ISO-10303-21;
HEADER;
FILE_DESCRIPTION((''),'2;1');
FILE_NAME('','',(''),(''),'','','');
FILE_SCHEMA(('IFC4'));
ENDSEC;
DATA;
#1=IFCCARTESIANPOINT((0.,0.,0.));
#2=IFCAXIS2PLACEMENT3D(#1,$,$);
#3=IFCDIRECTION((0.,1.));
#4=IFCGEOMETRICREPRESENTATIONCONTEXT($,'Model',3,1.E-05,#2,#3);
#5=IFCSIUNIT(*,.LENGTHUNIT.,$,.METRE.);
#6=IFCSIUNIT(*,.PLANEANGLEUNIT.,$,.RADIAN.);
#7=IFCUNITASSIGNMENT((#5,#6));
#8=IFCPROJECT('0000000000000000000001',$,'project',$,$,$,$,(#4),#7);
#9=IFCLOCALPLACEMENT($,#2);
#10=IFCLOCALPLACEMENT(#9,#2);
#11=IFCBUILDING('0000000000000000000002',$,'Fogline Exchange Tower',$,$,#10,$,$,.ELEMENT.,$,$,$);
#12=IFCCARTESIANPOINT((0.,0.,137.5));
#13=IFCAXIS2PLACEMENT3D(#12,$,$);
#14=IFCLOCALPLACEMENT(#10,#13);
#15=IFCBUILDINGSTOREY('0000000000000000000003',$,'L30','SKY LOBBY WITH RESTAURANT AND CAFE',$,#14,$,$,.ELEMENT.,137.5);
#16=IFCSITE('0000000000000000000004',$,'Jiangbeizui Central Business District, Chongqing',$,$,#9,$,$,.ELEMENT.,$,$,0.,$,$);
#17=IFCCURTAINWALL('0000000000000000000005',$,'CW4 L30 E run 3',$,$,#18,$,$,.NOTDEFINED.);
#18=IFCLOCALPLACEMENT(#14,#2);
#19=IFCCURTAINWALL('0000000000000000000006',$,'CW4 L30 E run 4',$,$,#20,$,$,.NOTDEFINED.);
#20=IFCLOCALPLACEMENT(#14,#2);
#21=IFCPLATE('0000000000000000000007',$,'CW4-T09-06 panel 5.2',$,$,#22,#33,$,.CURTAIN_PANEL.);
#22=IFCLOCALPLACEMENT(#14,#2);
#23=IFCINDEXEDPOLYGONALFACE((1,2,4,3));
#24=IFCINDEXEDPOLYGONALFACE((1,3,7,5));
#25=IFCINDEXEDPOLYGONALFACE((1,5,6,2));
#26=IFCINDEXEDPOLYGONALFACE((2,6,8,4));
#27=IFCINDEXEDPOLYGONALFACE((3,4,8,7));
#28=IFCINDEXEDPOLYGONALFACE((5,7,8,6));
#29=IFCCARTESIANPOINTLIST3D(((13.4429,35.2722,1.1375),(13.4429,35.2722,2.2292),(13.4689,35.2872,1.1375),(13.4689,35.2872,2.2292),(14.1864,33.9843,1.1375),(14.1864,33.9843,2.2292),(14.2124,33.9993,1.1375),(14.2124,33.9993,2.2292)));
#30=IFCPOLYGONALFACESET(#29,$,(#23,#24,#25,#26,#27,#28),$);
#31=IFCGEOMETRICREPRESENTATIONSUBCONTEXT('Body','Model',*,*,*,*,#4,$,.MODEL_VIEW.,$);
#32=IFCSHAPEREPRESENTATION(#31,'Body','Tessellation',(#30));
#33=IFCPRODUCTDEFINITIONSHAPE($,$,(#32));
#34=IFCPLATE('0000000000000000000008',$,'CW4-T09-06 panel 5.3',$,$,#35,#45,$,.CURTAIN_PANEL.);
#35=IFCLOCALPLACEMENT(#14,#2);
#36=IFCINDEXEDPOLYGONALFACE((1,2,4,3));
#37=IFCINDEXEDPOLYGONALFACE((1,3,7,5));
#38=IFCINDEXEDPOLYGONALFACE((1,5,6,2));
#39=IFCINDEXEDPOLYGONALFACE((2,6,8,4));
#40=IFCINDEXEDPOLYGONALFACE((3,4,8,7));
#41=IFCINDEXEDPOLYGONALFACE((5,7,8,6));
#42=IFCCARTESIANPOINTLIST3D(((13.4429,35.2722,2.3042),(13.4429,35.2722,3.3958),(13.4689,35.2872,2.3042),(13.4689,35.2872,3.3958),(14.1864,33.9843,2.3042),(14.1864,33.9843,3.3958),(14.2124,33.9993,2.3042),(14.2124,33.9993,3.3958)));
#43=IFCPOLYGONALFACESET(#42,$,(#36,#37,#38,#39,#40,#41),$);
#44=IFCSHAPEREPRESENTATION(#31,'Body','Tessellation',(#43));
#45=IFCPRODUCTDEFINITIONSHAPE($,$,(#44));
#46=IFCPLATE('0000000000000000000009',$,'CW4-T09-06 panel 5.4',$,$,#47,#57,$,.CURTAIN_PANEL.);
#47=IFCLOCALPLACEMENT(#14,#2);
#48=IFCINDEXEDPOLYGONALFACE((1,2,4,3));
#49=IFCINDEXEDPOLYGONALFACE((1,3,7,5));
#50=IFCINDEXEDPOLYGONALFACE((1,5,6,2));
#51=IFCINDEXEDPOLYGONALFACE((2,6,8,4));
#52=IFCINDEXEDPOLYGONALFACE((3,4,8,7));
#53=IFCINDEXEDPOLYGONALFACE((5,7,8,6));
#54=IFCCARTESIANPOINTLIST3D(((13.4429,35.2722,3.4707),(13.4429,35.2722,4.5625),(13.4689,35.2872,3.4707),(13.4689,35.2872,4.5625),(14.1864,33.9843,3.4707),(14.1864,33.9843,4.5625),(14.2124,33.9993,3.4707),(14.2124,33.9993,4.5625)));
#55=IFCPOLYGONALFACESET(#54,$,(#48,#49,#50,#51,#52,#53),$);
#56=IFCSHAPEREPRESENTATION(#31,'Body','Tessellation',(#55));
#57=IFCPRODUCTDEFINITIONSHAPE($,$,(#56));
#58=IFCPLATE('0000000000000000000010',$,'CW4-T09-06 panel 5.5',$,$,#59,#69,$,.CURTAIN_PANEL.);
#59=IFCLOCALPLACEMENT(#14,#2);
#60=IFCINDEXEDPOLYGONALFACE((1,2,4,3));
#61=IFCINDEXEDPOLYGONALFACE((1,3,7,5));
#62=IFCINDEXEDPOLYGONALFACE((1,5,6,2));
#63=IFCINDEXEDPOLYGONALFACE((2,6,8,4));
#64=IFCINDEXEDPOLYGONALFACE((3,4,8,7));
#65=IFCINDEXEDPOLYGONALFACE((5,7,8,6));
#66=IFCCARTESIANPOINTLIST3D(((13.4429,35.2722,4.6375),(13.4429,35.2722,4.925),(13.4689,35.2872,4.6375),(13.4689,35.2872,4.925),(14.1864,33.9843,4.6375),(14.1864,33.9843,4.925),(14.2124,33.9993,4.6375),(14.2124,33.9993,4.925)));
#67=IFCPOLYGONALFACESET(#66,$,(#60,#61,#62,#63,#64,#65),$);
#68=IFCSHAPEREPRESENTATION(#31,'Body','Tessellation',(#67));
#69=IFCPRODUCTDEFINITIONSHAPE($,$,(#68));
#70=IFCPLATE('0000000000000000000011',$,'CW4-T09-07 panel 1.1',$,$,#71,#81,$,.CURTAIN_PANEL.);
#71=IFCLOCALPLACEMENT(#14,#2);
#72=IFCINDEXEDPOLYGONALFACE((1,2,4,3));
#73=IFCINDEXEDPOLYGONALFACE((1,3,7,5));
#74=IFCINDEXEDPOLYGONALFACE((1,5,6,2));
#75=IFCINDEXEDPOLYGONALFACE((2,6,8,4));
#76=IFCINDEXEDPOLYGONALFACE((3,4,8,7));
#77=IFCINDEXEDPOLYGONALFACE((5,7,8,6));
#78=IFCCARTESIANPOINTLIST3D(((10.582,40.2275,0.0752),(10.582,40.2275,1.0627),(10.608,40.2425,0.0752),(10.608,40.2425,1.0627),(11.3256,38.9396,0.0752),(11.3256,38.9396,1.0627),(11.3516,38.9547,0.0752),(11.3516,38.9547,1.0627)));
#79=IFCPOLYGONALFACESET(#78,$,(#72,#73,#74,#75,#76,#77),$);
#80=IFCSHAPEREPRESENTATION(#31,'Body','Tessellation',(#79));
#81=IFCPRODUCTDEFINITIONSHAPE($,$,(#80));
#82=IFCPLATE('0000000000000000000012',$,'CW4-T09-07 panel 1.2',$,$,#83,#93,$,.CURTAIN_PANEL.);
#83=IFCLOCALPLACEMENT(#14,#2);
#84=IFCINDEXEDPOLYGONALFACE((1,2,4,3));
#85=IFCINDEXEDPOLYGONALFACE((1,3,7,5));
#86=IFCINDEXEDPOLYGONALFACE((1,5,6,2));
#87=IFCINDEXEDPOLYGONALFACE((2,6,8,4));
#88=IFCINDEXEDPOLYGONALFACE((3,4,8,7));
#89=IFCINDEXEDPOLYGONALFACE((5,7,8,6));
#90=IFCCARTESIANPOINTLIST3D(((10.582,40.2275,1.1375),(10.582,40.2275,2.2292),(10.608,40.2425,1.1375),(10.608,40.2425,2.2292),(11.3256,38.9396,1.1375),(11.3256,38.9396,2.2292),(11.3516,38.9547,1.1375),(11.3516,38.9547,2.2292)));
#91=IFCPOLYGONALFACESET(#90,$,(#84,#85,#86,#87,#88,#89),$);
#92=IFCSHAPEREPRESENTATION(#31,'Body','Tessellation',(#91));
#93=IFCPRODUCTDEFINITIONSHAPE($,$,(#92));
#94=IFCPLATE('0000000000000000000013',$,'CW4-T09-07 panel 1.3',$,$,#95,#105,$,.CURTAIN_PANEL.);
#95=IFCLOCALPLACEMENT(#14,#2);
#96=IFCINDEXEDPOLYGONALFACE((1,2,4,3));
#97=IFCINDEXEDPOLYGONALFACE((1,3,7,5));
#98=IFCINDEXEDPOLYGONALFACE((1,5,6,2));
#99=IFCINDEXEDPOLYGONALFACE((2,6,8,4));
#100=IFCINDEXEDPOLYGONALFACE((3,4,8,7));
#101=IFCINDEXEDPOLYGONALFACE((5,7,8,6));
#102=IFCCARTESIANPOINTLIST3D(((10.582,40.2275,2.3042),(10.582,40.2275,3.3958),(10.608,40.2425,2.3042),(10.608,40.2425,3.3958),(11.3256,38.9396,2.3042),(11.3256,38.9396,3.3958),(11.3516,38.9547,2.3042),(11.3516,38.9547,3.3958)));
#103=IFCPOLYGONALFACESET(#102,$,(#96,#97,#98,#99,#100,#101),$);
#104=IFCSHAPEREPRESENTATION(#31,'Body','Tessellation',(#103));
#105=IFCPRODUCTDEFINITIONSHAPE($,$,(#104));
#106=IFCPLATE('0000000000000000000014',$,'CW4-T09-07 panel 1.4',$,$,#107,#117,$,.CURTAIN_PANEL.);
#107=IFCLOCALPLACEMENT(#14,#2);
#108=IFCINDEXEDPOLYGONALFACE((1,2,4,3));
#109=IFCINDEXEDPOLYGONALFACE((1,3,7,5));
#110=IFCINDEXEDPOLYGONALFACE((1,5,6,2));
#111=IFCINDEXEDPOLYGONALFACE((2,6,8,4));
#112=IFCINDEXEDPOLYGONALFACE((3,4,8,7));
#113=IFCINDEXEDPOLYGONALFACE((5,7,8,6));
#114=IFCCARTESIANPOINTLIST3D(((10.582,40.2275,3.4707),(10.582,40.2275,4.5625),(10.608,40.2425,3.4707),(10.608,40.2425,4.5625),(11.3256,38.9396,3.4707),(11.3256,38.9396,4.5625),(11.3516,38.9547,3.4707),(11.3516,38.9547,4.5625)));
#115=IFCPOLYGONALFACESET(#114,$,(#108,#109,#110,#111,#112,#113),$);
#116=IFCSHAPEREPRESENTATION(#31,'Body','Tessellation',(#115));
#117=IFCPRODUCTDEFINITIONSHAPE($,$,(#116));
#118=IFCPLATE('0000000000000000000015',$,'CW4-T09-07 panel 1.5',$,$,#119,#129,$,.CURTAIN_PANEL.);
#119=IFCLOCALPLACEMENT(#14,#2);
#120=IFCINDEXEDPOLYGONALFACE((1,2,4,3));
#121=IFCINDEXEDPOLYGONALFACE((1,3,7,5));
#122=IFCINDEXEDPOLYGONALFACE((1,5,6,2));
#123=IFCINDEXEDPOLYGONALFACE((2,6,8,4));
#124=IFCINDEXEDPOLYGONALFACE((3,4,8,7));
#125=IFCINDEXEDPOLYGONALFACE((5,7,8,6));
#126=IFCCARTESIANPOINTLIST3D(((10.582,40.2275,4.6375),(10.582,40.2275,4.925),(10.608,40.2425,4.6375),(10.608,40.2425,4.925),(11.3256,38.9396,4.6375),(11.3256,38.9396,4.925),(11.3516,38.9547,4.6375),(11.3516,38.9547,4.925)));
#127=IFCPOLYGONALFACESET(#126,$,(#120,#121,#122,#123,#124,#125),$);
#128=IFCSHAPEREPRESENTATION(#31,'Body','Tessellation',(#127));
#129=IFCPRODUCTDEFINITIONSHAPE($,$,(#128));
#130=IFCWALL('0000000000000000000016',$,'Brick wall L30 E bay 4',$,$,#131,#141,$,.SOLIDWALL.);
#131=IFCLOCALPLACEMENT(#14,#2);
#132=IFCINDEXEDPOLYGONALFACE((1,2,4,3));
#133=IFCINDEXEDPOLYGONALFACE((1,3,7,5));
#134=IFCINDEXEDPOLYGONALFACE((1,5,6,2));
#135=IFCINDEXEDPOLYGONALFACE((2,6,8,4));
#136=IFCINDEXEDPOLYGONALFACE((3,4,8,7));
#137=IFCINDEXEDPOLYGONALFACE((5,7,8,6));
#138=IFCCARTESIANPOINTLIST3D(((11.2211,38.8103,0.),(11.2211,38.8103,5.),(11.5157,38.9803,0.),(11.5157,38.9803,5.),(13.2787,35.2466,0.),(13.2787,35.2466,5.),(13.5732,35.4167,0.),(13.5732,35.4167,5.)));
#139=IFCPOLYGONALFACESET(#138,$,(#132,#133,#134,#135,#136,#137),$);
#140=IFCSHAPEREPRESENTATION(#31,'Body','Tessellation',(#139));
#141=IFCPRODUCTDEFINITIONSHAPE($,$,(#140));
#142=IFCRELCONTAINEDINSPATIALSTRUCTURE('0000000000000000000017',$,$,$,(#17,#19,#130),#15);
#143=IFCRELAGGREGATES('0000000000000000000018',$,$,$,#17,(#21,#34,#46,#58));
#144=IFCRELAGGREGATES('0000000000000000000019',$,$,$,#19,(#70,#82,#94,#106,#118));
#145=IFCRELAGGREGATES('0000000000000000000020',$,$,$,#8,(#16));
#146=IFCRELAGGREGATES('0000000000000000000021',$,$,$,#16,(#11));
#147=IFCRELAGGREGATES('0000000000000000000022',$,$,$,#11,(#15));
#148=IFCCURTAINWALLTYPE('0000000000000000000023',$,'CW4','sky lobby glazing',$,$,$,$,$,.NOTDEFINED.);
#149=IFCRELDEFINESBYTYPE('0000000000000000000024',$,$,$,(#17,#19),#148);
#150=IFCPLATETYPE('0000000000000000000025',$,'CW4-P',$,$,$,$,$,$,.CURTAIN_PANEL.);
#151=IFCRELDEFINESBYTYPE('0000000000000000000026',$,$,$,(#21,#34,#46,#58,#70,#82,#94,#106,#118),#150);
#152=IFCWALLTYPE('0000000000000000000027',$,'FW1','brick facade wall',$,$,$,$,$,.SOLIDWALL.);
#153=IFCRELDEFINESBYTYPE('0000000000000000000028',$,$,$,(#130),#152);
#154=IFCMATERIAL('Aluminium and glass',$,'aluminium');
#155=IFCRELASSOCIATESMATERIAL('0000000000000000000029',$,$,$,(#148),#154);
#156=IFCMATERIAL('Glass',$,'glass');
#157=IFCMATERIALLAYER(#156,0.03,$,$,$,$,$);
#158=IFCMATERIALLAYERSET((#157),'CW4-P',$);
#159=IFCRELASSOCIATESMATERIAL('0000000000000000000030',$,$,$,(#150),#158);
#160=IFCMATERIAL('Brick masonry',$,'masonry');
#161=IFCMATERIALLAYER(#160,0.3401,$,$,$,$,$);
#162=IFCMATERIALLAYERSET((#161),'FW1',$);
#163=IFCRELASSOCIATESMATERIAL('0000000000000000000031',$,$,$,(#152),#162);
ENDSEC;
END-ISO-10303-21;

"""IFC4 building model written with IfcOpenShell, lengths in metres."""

from ifc_helpers import new_model, si_unit, direction, frame, frame_2d, origin, origin_2d, place, context, subcontext, project, spatial, rectangle, extrude, material, layer, layer_set, type_object, element, aggregate, save


model = new_model("IFC4")

# Units and contexts
model_context = context("Model", 3, precision=1e-05, world=origin(), true_north=direction((0.0, 1.0)))
body_context = subcontext(model_context, "Body", "Model", "MODEL_VIEW")
ifc_project = project(units=[si_unit("LENGTHUNIT", "METRE"), si_unit("PLANEANGLEUNIT", "RADIAN")], contexts=[model_context])

# Site, building, storey
site_placement = place(None, origin())
site = spatial("IfcSite", under=ifc_project, at=site_placement, Name="Jiangbeizui Central Business District, Chongqing", CompositionType="ELEMENT", RefElevation=0.0)
building_placement = place(site_placement, origin())
building = spatial("IfcBuilding", under=site, at=building_placement, Name="Fogline Exchange Tower", CompositionType="ELEMENT")
storey_placement = place(building_placement, frame((0.0, 0.0, 137.5)))
storey = spatial("IfcBuildingStorey", under=building, at=storey_placement, Name="L30", Description="SKY LOBBY WITH RESTAURANT AND CAFE", CompositionType="ELEMENT", Elevation=137.5)

# Curtain wall
ifc_material_1 = material(Name="Aluminium and glass", Category="aluminium")
curtain_wall_type = type_object("IfcCurtainWallType", Name="CW4", Description="sky lobby glazing", PredefinedType="NOTDEFINED", material=ifc_material_1)
curtain_wall_1_placement = place(storey_placement, origin())
curtain_wall_1 = element("IfcCurtainWall", 1, at=curtain_wall_1_placement, inside=storey, type_object=curtain_wall_type, Name="CW4 L30 E run 3", PredefinedType="NOTDEFINED")

# Curtain wall
curtain_wall_2_placement = place(storey_placement, origin())
curtain_wall_2 = element("IfcCurtainWall", 2, at=curtain_wall_2_placement, inside=storey, type_object=curtain_wall_type, Name="CW4 L30 E run 4", PredefinedType="NOTDEFINED")

# Plates
ifc_material_2 = material(Name="Glass", Category="glass")
ifc_layer_1 = layer(ifc_material_2, 0.03)
ifc_layer_set_1 = layer_set([ifc_layer_1], Name="CW4-P")
plate_type = type_object("IfcPlateType", Name="CW4-P", PredefinedType="CURTAIN_PANEL", material=ifc_layer_set_1)
plate_1_placement = place(storey_placement, frame((13.8276, 34.6357, 1.1375), z_axis=(0.0, 0.0, 1.0), x_axis=(-0.5, 0.866025, 0.0)))
plate_1 = element("IfcPlate", 3, at=plate_1_placement, type_object=plate_type, Name="CW4-T09-06 panel 5.2", PredefinedType="CURTAIN_PANEL", context=body_context, shape_type="SweptSolid", body=[
    extrude(rectangle(XDim=1.4871, YDim=0.03, at=origin_2d()), origin(), (0.0, 0.0, 1.0), 1.0918),
])
plate_2_placement = place(storey_placement, frame((13.8276, 34.6357, 2.3042), z_axis=(0.0, 0.0, 1.0), x_axis=(-0.5, 0.866025, 0.0)))
plate_2 = element("IfcPlate", 4, at=plate_2_placement, type_object=plate_type, Name="CW4-T09-06 panel 5.3", PredefinedType="CURTAIN_PANEL", context=body_context, shape_type="SweptSolid", body=[
    extrude(rectangle(XDim=1.4871, YDim=0.03, at=origin_2d()), origin(), (0.0, 0.0, 1.0), 1.0916),
])
plate_3_placement = place(storey_placement, frame((13.8276, 34.6357, 3.4707), z_axis=(0.0, 0.0, 1.0), x_axis=(-0.5, 0.866025, 0.0)))
plate_3 = element("IfcPlate", 5, at=plate_3_placement, type_object=plate_type, Name="CW4-T09-06 panel 5.4", PredefinedType="CURTAIN_PANEL", context=body_context, shape_type="SweptSolid", body=[
    extrude(rectangle(XDim=1.4871, YDim=0.03, at=origin_2d()), origin(), (0.0, 0.0, 1.0), 1.0918),
])
plate_4_placement = place(storey_placement, frame((13.8276, 34.6357, 4.6375), z_axis=(0.0, 0.0, 1.0), x_axis=(-0.5, 0.866025, 0.0)))
plate_4 = element("IfcPlate", 6, at=plate_4_placement, type_object=plate_type, Name="CW4-T09-06 panel 5.5", PredefinedType="CURTAIN_PANEL", context=body_context, shape_type="SweptSolid", body=[
    extrude(rectangle(XDim=1.4871, YDim=0.03, at=origin_2d()), origin(), (0.0, 0.0, 1.0), 0.2876),
])
aggregate(curtain_wall_1, [plate_1, plate_2, plate_3, plate_4])
plate_5_placement = place(storey_placement, frame((10.9668, 39.5911, 0.0752), z_axis=(0.0, 0.0, 1.0), x_axis=(-0.5, 0.866025, 0.0)))
plate_5 = element("IfcPlate", 7, at=plate_5_placement, type_object=plate_type, Name="CW4-T09-07 panel 1.1", PredefinedType="CURTAIN_PANEL", context=body_context, shape_type="SweptSolid", body=[
    extrude(rectangle(XDim=1.4871, YDim=0.03, at=origin_2d()), origin(), (0.0, 0.0, 1.0), 0.9875),
])
plate_6_placement = place(storey_placement, frame((10.9668, 39.5911, 1.1375), z_axis=(0.0, 0.0, 1.0), x_axis=(-0.5, 0.866025, 0.0)))
plate_6 = element("IfcPlate", 8, at=plate_6_placement, type_object=plate_type, Name="CW4-T09-07 panel 1.2", PredefinedType="CURTAIN_PANEL", context=body_context, shape_type="SweptSolid", body=[
    extrude(rectangle(XDim=1.4871, YDim=0.03, at=origin_2d()), origin(), (0.0, 0.0, 1.0), 1.0918),
])
plate_7_placement = place(storey_placement, frame((10.9668, 39.5911, 2.3042), z_axis=(0.0, 0.0, 1.0), x_axis=(-0.5, 0.866025, 0.0)))
plate_7 = element("IfcPlate", 9, at=plate_7_placement, type_object=plate_type, Name="CW4-T09-07 panel 1.3", PredefinedType="CURTAIN_PANEL", context=body_context, shape_type="SweptSolid", body=[
    extrude(rectangle(XDim=1.4871, YDim=0.03, at=origin_2d()), origin(), (0.0, 0.0, 1.0), 1.0916),
])
plate_8_placement = place(storey_placement, frame((10.9668, 39.5911, 3.4707), z_axis=(0.0, 0.0, 1.0), x_axis=(-0.5, 0.866025, 0.0)))
plate_8 = element("IfcPlate", 10, at=plate_8_placement, type_object=plate_type, Name="CW4-T09-07 panel 1.4", PredefinedType="CURTAIN_PANEL", context=body_context, shape_type="SweptSolid", body=[
    extrude(rectangle(XDim=1.4871, YDim=0.03, at=origin_2d()), origin(), (0.0, 0.0, 1.0), 1.0918),
])
plate_9_placement = place(storey_placement, frame((10.9668, 39.5911, 4.6375), z_axis=(0.0, 0.0, 1.0), x_axis=(-0.5, 0.866025, 0.0)))
plate_9 = element("IfcPlate", 11, at=plate_9_placement, type_object=plate_type, Name="CW4-T09-07 panel 1.5", PredefinedType="CURTAIN_PANEL", context=body_context, shape_type="SweptSolid", body=[
    extrude(rectangle(XDim=1.4871, YDim=0.03, at=origin_2d()), origin(), (0.0, 0.0, 1.0), 0.2876),
])
aggregate(curtain_wall_2, [plate_5, plate_6, plate_7, plate_8, plate_9])

# Wall
ifc_material_3 = material(Name="Brick masonry", Category="masonry")
ifc_layer_2 = layer(ifc_material_3, 0.3401)
ifc_layer_set_2 = layer_set([ifc_layer_2], Name="FW1")
wall_type = type_object("IfcWallType", Name="FW1", Description="brick facade wall", PredefinedType="SOLIDWALL", material=ifc_layer_set_2)
wall_placement = place(storey_placement, frame((13.426, 35.3315, 0.0), z_axis=(0.0, 0.0, 1.0), x_axis=(-0.500019, 0.866015, 0.0)))
element("IfcWall", 12, at=wall_placement, inside=storey, type_object=wall_type, Name="Brick wall L30 E bay 4", PredefinedType="SOLIDWALL", context=body_context, shape_type="SweptSolid", body=[
    extrude(rectangle(XDim=4.115, YDim=0.3401, at=frame_2d((2.0576, 0.0))), origin(), (0.0, 0.0, 1.0), 5.0),
])

save(model, "model.ifc")
